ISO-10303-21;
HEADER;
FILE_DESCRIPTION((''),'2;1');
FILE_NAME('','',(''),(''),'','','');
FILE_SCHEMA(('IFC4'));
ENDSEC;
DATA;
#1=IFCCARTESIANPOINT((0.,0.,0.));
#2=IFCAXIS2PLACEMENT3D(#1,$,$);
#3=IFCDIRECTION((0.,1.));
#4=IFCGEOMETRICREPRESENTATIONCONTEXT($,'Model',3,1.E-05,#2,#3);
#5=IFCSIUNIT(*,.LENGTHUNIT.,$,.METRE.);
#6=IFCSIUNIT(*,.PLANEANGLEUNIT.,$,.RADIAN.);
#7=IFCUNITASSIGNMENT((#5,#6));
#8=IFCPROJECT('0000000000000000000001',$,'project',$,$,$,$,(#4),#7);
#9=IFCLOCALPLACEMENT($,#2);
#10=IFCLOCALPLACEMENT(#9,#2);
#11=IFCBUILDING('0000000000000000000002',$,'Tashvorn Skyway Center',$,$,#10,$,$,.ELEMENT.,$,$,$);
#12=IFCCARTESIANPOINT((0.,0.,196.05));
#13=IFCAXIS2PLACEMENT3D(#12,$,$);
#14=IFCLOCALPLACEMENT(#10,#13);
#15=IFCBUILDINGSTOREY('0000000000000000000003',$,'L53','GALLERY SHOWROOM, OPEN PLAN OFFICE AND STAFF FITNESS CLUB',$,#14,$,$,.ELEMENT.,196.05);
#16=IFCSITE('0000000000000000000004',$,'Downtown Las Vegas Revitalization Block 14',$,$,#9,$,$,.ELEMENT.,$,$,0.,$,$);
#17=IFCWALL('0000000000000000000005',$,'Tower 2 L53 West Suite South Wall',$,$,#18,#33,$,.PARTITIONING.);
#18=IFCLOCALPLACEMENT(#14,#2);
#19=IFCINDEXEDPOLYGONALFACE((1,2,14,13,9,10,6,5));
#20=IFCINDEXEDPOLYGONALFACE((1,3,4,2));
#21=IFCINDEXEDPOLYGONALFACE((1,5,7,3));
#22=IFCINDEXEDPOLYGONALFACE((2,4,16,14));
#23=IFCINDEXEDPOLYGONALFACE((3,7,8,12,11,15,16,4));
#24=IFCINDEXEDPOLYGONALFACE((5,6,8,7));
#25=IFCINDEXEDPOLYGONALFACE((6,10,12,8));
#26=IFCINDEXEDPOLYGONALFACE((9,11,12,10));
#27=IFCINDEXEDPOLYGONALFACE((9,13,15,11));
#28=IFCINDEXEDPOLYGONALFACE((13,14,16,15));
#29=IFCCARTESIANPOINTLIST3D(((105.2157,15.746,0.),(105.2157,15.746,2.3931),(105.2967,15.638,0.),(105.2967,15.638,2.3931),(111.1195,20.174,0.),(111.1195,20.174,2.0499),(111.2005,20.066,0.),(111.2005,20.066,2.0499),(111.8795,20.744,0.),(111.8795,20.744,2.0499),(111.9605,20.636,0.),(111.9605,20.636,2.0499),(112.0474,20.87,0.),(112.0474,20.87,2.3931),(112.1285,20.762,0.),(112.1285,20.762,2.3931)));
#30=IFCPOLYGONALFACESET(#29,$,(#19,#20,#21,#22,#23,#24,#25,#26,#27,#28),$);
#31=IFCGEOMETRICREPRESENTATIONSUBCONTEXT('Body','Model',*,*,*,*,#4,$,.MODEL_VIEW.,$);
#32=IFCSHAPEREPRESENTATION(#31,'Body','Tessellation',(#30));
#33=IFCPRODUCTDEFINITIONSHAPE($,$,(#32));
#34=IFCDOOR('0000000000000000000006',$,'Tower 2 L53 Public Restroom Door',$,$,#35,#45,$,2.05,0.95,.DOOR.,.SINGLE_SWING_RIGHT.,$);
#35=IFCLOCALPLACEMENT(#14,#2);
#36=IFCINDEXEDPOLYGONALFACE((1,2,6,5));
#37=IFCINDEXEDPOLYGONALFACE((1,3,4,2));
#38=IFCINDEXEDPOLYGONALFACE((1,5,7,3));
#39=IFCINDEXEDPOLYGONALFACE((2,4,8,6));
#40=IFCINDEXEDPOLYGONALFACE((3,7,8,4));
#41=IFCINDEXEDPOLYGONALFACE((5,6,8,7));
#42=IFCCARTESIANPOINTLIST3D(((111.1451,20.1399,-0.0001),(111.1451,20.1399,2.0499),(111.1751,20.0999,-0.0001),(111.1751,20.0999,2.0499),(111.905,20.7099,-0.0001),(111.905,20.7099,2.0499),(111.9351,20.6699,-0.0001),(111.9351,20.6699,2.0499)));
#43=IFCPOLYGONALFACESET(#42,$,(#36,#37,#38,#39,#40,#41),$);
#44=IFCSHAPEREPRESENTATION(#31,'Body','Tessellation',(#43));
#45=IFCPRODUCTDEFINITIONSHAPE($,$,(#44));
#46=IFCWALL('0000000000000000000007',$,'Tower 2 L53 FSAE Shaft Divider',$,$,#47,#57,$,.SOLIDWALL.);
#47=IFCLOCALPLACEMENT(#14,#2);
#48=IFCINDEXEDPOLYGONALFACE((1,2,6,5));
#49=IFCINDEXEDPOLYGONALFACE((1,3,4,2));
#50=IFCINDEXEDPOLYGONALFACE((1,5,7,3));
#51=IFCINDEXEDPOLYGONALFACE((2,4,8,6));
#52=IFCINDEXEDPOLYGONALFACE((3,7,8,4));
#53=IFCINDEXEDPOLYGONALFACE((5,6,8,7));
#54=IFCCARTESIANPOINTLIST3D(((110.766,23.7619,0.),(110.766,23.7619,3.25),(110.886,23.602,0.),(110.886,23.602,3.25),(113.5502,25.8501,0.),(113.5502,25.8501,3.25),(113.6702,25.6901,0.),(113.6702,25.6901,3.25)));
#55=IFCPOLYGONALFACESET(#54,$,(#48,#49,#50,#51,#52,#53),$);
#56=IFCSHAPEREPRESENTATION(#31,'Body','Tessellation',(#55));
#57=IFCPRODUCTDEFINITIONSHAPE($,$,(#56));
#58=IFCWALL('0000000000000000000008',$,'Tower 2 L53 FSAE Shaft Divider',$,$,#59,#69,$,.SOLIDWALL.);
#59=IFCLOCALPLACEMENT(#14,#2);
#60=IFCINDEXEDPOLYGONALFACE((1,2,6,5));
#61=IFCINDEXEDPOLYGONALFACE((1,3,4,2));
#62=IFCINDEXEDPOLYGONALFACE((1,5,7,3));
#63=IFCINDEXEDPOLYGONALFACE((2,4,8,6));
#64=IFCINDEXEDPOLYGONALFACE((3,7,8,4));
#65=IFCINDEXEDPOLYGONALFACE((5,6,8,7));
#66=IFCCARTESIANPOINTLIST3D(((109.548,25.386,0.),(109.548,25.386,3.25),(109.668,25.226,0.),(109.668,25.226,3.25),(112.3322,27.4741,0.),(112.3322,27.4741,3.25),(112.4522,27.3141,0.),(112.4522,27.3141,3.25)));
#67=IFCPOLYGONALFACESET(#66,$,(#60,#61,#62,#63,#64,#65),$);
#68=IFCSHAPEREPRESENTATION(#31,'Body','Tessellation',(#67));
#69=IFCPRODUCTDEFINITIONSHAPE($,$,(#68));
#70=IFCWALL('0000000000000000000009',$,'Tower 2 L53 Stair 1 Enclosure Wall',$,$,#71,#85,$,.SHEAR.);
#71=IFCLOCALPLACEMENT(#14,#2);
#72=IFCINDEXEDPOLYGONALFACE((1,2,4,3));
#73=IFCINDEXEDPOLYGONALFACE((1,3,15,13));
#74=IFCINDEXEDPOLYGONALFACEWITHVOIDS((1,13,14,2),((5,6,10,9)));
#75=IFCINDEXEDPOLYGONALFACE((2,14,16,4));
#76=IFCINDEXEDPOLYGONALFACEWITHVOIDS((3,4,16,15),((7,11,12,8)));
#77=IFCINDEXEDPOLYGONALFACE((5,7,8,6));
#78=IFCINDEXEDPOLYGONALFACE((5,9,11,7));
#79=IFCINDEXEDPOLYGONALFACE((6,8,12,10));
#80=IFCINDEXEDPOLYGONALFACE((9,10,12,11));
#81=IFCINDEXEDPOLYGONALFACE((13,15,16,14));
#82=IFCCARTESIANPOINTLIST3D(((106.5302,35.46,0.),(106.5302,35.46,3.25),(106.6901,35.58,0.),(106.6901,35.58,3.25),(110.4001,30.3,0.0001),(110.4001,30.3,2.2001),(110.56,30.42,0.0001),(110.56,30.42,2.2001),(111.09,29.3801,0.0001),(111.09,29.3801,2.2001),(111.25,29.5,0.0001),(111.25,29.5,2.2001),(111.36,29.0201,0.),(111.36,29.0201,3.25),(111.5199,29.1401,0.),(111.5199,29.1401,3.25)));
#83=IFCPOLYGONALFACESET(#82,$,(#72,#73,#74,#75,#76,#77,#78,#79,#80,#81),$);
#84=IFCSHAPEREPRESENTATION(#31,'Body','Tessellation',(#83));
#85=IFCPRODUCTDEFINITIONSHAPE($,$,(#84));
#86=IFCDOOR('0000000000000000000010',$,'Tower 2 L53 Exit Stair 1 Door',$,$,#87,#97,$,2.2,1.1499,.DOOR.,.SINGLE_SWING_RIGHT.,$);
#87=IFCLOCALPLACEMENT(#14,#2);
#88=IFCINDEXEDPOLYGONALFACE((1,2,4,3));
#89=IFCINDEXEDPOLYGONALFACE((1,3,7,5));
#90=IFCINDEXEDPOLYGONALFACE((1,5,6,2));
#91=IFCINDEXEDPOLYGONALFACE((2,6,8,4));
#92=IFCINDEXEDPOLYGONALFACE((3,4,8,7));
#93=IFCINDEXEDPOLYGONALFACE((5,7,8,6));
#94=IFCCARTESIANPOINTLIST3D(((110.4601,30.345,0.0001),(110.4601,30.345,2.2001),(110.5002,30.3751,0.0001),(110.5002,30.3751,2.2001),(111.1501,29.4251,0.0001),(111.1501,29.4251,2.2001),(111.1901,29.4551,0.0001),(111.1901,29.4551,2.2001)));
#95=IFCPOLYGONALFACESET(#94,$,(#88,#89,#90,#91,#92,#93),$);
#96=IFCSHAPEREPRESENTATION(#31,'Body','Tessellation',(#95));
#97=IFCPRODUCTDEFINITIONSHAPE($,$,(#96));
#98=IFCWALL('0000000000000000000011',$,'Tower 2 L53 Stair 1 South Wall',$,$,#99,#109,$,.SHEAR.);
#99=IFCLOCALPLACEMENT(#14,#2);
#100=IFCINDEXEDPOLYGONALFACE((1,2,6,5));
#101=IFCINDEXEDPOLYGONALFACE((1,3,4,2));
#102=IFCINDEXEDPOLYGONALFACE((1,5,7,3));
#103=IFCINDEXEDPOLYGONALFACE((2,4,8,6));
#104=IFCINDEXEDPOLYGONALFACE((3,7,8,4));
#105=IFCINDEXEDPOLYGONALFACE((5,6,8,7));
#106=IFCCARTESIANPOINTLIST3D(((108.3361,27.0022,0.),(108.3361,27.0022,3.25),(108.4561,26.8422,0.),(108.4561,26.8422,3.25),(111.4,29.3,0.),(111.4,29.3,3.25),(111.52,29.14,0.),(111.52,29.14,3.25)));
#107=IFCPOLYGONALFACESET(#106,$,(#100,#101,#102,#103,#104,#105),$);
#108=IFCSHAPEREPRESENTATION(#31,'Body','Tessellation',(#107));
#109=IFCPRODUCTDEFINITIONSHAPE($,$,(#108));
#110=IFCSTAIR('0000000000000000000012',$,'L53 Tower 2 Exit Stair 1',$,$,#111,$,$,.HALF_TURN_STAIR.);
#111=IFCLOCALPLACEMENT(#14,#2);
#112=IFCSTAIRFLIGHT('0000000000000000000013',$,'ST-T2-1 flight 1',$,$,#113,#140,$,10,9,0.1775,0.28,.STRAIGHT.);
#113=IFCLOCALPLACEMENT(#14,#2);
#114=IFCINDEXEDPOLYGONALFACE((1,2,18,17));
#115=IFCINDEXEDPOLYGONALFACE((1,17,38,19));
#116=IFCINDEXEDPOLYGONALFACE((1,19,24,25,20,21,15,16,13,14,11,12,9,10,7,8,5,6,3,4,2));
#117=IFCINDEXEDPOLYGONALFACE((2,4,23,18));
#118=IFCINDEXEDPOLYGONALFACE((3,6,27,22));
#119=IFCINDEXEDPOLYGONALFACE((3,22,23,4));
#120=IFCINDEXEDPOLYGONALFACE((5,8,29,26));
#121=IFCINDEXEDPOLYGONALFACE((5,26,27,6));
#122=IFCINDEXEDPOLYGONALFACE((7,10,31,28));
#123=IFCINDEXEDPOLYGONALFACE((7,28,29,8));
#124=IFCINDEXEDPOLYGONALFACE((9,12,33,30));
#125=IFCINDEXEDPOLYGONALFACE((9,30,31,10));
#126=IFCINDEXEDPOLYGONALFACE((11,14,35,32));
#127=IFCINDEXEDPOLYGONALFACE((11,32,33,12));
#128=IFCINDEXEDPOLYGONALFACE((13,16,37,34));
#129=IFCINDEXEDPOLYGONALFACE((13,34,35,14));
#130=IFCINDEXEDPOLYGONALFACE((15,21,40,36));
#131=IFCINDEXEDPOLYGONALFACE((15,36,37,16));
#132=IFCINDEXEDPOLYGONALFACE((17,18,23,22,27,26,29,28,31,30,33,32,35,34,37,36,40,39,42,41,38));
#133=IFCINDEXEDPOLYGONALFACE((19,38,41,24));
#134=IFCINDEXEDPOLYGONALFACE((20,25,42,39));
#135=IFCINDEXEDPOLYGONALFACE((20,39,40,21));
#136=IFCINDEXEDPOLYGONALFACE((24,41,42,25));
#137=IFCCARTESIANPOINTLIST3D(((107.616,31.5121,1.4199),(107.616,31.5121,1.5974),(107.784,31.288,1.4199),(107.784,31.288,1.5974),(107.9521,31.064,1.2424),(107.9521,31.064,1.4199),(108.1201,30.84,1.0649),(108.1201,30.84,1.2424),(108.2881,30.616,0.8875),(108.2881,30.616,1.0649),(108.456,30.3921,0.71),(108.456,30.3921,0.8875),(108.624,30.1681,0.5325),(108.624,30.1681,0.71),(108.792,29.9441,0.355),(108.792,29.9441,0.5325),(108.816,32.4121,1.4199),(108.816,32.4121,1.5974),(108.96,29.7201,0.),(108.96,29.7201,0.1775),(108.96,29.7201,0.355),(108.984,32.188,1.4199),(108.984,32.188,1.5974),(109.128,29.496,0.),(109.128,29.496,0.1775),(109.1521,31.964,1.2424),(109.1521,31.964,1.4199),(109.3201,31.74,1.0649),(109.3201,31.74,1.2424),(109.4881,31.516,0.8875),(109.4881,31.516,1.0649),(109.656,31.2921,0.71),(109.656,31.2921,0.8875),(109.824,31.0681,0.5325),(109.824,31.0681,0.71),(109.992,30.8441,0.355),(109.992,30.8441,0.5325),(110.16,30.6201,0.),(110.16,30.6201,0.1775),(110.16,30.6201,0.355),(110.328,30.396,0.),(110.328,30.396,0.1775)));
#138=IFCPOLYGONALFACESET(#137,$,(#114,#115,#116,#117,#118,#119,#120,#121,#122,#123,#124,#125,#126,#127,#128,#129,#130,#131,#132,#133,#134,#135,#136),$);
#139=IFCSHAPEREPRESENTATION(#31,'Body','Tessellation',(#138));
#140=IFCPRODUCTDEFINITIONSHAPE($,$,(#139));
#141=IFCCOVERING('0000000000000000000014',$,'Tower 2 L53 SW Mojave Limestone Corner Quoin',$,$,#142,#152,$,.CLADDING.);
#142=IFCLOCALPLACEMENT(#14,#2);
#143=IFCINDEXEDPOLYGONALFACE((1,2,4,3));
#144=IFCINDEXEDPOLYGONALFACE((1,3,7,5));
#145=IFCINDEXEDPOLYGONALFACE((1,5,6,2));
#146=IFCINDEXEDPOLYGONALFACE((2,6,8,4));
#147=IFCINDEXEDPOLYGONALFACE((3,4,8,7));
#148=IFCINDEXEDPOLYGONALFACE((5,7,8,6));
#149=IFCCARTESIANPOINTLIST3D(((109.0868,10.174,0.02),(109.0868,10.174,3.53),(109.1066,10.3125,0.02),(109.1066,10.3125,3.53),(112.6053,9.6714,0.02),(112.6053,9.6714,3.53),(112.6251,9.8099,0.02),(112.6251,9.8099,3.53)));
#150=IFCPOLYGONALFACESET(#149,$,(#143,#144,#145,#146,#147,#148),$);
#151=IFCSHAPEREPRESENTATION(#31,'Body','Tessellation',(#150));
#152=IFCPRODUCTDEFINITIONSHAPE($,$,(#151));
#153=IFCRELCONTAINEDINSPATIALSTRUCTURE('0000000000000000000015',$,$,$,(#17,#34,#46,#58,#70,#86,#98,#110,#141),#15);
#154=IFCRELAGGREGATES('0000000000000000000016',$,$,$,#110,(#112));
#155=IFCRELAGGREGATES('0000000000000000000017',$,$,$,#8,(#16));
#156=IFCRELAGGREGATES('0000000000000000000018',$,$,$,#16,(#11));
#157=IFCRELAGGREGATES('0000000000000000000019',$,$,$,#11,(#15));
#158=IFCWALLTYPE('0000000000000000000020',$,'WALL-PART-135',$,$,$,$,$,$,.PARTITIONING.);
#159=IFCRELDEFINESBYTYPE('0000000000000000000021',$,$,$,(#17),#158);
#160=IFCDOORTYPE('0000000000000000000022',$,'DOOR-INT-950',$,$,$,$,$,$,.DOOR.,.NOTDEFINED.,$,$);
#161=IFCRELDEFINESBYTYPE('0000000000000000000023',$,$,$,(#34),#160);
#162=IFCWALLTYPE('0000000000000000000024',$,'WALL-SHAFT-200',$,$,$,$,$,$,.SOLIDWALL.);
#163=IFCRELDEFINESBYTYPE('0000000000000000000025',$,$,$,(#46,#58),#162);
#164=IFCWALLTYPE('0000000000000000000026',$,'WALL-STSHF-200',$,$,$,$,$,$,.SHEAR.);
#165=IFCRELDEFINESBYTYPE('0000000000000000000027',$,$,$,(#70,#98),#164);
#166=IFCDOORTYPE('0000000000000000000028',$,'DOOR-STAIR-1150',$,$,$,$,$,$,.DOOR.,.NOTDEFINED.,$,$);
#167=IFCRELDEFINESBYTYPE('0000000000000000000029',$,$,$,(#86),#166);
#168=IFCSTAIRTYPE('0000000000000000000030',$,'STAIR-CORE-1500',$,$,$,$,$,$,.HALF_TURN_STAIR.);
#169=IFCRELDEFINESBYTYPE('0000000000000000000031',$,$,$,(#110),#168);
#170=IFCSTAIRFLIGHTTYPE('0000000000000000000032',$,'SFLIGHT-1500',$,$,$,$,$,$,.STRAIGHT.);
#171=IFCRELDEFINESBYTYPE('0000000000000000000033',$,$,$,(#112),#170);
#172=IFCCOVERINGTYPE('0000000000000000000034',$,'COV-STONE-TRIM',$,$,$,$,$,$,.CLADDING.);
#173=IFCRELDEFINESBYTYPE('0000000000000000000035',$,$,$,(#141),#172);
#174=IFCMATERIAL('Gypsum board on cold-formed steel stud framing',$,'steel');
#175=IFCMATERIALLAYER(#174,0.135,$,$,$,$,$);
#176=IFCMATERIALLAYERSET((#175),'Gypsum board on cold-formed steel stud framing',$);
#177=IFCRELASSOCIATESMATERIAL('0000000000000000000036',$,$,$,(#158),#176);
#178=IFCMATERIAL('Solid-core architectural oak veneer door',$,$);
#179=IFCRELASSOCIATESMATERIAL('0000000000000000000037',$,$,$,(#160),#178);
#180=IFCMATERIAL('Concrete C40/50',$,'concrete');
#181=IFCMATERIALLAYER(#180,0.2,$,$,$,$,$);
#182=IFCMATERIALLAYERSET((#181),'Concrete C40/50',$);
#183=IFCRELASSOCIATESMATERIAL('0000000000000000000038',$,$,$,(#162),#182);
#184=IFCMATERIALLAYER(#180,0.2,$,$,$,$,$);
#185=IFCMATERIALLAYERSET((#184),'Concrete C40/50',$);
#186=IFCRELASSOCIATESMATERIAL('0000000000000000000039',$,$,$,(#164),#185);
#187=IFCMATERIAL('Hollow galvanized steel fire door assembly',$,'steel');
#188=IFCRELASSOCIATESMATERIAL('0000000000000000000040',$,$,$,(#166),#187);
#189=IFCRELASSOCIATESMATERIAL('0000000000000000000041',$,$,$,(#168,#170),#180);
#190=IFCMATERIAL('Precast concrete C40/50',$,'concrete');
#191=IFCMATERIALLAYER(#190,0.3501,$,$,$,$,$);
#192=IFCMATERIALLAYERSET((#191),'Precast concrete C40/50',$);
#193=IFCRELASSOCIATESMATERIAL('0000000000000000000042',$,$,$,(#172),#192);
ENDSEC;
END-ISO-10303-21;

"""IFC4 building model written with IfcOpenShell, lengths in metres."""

from ifc_helpers import new_model, si_unit, direction, frame, frame_2d, origin, origin_2d, place, context, subcontext, project, spatial, polyline, rectangle, outline, extrude, material, layer, layer_set, type_object, element, fill, aggregate, save


model = new_model("IFC4")

# Units and contexts
model_context = context("Model", 3, precision=1e-05, world=origin(), true_north=direction((0.0, 1.0)))
body_context = subcontext(model_context, "Body", "Model", "MODEL_VIEW")
ifc_project = project(units=[si_unit("LENGTHUNIT", "METRE"), si_unit("PLANEANGLEUNIT", "RADIAN")], contexts=[model_context])

# Site, building, storey
site_placement = place(None, origin())
site = spatial("IfcSite", under=ifc_project, at=site_placement, Name="Downtown Las Vegas Revitalization Block 14", CompositionType="ELEMENT", RefElevation=0.0)
building_placement = place(site_placement, origin())
building = spatial("IfcBuilding", under=site, at=building_placement, Name="Tashvorn Skyway Center", CompositionType="ELEMENT")
storey_placement = place(building_placement, frame((0.0, 0.0, 196.05)))
storey = spatial("IfcBuildingStorey", under=building, at=storey_placement, Name="L53", Description="GALLERY SHOWROOM, OPEN PLAN OFFICE AND STAFF FITNESS CLUB", CompositionType="ELEMENT", Elevation=196.05)

# Shared definitions
ifc_material_1 = material(Name="Precast concrete C40/50", Category="concrete")
ifc_material_2 = material(Name="Gypsum board on cold-formed steel stud framing", Category="steel")
ifc_layer_1 = layer(ifc_material_2, 0.135)
ifc_layer_set_1 = layer_set([ifc_layer_1], Name="Gypsum board on cold-formed steel stud framing")
wall_type_1 = type_object("IfcWallType", Name="WALL-PART-135", PredefinedType="PARTITIONING", material=ifc_layer_set_1)

# Wall, opening, door
wall_1_placement = place(storey_placement, frame((105.2561, 15.6919, 0.0), z_axis=(0.0, 0.0, 1.0), x_axis=(0.79999, 0.600014, 0.0)))
wall_1 = element("IfcWall", 1, at=wall_1_placement, inside=storey, type_object=wall_type_1, Name="Tower 2 L53 West Suite South Wall", PredefinedType="PARTITIONING", context=body_context, shape_type="SweptSolid", body=[
    extrude(rectangle(XDim=8.5398, YDim=0.135, at=frame_2d((4.27, 0.0))), origin(), (0.0, 0.0, 1.0), 2.3931),
])
opening_1_placement = place(wall_1_placement, frame((7.3799, 0.0, 0.0)))
opening_1 = element("IfcOpeningElement", 2, at=opening_1_placement, cuts=wall_1, PredefinedType="OPENING", context=body_context, shape_type="SweptSolid", body=[
    extrude(rectangle(XDim=0.95, YDim=2.05, at=frame_2d((0.4751, 1.0249))), frame((0.0, 0.0774, 0.0), z_axis=(0.0, -1.0, 0.0), x_axis=(1.0, 0.0, 0.0)), (0.0, 0.0, 1.0), 0.155),
])
ifc_material_3 = material(Name="Solid-core architectural oak veneer door")
door_type_1 = type_object("IfcDoorType", Name="DOOR-INT-950", OperationType="NOTDEFINED", PredefinedType="DOOR", material=ifc_material_3)
door_1_placement = place(opening_1_placement, origin())
door_1 = element("IfcDoor", 3, at=door_1_placement, inside=storey, type_object=door_type_1, Name="Tower 2 L53 Public Restroom Door", OperationType="SINGLE_SWING_RIGHT", OverallHeight=2.05, OverallWidth=0.95, PredefinedType="DOOR", context=body_context, shape_type="SweptSolid", body=[
    extrude(rectangle(XDim=0.95, YDim=2.05, at=frame_2d((0.4751, 1.0249))), frame((0.0, 0.0249, 0.0), z_axis=(0.0, -1.0, 0.0), x_axis=(1.0, 0.0, 0.0)), (0.0, 0.0, 1.0), 0.05),
])
fill(opening_1, door_1)

# Walls
ifc_material_4 = material(Name="Concrete C40/50", Category="concrete")
ifc_layer_2 = layer(ifc_material_4, 0.2)
ifc_layer_set_2 = layer_set([ifc_layer_2], Name="Concrete C40/50")
wall_type_2 = type_object("IfcWallType", Name="WALL-SHAFT-200", PredefinedType="SOLIDWALL", material=ifc_layer_set_2)
for number, where, z_axis, x_axis, name in (
    (4, (110.8259, 23.6819, 0.0), (0.0, 0.0, 1.0), (0.8, 0.6, 0.0), "Tower 2 L53 FSAE Shaft Divider"),
    (5, (109.6079, 25.3059, 0.0), (0.0, 0.0, 1.0), (0.8, 0.6, 0.0), "Tower 2 L53 FSAE Shaft Divider"),
):
    element("IfcWall", number, at=place(storey_placement, frame(where, z_axis=z_axis, x_axis=x_axis)), inside=storey, type_object=wall_type_2, Name=name, PredefinedType="SOLIDWALL", context=body_context, shape_type="SweptSolid", body=[
        extrude(rectangle(XDim=3.4802, YDim=0.2, at=frame_2d((1.7402, 0.0))), origin(), (0.0, 0.0, 1.0), 3.25),
    ])

# Wall, opening, door
ifc_layer_3 = layer(ifc_material_4, 0.2)
ifc_layer_set_3 = layer_set([ifc_layer_3], Name="Concrete C40/50")
wall_type_3 = type_object("IfcWallType", Name="WALL-STSHF-200", PredefinedType="SHEAR", material=ifc_layer_set_3)
wall_2_placement = place(storey_placement, frame((111.4399, 29.0801, 0.0), z_axis=(0.0, 0.0, 1.0), x_axis=(-0.59999, 0.800007, 0.0)))
wall_2 = element("IfcWall", 6, at=wall_2_placement, inside=storey, type_object=wall_type_3, Name="Tower 2 L53 Stair 1 Enclosure Wall", PredefinedType="SHEAR", context=body_context, shape_type="SweptSolid", body=[
    extrude(rectangle(XDim=8.0498, YDim=0.2, at=frame_2d((4.0249, 0.0))), origin(), (0.0, 0.0, 1.0), 3.25),
])
opening_2_placement = place(wall_2_placement, frame((0.45, 0.0, 0.0)))
opening_2 = element("IfcOpeningElement", 7, at=opening_2_placement, cuts=wall_2, PredefinedType="OPENING", context=body_context, shape_type="SweptSolid", body=[
    extrude(rectangle(XDim=1.1499, YDim=2.2, at=frame_2d((0.575, 1.1001))), frame((0.0, 0.1099, 0.0), z_axis=(0.0, -1.0, 0.0), x_axis=(1.0, 0.0, 0.0)), (0.0, 0.0, 1.0), 0.22),
])
ifc_material_5 = material(Name="Hollow galvanized steel fire door assembly", Category="steel")
door_type_2 = type_object("IfcDoorType", Name="DOOR-STAIR-1150", OperationType="NOTDEFINED", PredefinedType="DOOR", material=ifc_material_5)
door_2_placement = place(opening_2_placement, origin())
door_2 = element("IfcDoor", 8, at=door_2_placement, inside=storey, type_object=door_type_2, Name="Tower 2 L53 Exit Stair 1 Door", OperationType="SINGLE_SWING_RIGHT", OverallHeight=2.2, OverallWidth=1.1499, PredefinedType="DOOR", context=body_context, shape_type="SweptSolid", body=[
    extrude(rectangle(XDim=1.1499, YDim=2.2, at=frame_2d((0.575, 1.1001))), frame((0.0, 0.0249, 0.0), z_axis=(0.0, -1.0, 0.0), x_axis=(1.0, 0.0, 0.0)), (0.0, 0.0, 1.0), 0.05),
])
fill(opening_2, door_2)

# Wall
wall_3_placement = place(storey_placement, frame((108.396, 26.9221, 0.0), z_axis=(0.0, 0.0, 1.0), x_axis=(0.800015, 0.59998, 0.0)))
element("IfcWall", 9, at=wall_3_placement, inside=storey, type_object=wall_type_3, Name="Tower 2 L53 Stair 1 South Wall", PredefinedType="SHEAR", context=body_context, shape_type="SweptSolid", body=[
    extrude(rectangle(XDim=3.8298, YDim=0.2, at=frame_2d((1.915, 0.0))), origin(), (0.0, 0.0, 1.0), 3.25),
])

# Stair, stair flight
stair_type = type_object("IfcStairType", Name="STAIR-CORE-1500", PredefinedType="HALF_TURN_STAIR", material=ifc_material_4)
stair_placement = place(storey_placement, origin())
stair = element("IfcStair", 10, at=stair_placement, inside=storey, type_object=stair_type, Name="L53 Tower 2 Exit Stair 1", PredefinedType="HALF_TURN_STAIR")
stair_flight_type = type_object("IfcStairFlightType", Name="SFLIGHT-1500", PredefinedType="STRAIGHT", material=ifc_material_4)
stair_flight_placement = place(storey_placement, frame((109.728, 29.946, 0.0), z_axis=(0.0, 0.0, 1.0), x_axis=(-0.6, 0.8, 0.0)))
stair_flight = element("IfcStairFlight", 11, at=stair_flight_placement, type_object=stair_flight_type, Name="ST-T2-1 flight 1", NumberOfRisers=10, NumberOfTreads=9, PredefinedType="STRAIGHT", RiserHeight=0.1775, TreadLength=0.28, context=body_context, shape_type="SweptSolid", body=[
    extrude(outline(polyline([(0.0, 0.0), (0.0, 0.1775), (0.28, 0.1775), (0.28, 0.355), (0.5601, 0.355), (0.5601, 0.5325), (0.8401, 0.5325), (0.8401, 0.71), (1.1201, 0.71), (1.1201, 0.8875), (1.3999, 0.8875), (1.3999, 1.0649), (1.6799, 1.0649), (1.6799, 1.2424), (1.96, 1.2424), (1.96, 1.4199), (2.24, 1.4199), (2.24, 1.5974), (2.52, 1.5974), (2.52, 1.7749), (2.52, 1.4199), (0.28, 0.0), (0.0, 0.0)])), frame((0.0, 0.75, 0.0), z_axis=(0.0, -1.0, 0.0), x_axis=(1.0, 0.0, 0.0)), (0.0, 0.0, 1.0), 1.5),
])
aggregate(stair, [stair_flight])

# Covering
ifc_layer_4 = layer(ifc_material_1, 0.3501)
ifc_layer_set_4 = layer_set([ifc_layer_4], Name="Precast concrete C40/50")
covering_type = type_object("IfcCoveringType", Name="COV-STONE-TRIM", PredefinedType="CLADDING", material=ifc_layer_set_4)
covering_placement = place(storey_placement, frame((110.856, 9.9919, 0.02), z_axis=(0.0, 0.0, 1.0), x_axis=(-0.989949, 0.141421, 0.0)))
element("IfcCovering", 12, at=covering_placement, inside=storey, type_object=covering_type, Name="Tower 2 L53 SW Mojave Limestone Corner Quoin", PredefinedType="CLADDING", context=body_context, shape_type="SweptSolid", body=[
    extrude(rectangle(XDim=3.5542, YDim=0.1399, at=origin_2d()), origin(), (0.0, 0.0, 1.0), 3.51),
])

save(model, "model.ifc")
